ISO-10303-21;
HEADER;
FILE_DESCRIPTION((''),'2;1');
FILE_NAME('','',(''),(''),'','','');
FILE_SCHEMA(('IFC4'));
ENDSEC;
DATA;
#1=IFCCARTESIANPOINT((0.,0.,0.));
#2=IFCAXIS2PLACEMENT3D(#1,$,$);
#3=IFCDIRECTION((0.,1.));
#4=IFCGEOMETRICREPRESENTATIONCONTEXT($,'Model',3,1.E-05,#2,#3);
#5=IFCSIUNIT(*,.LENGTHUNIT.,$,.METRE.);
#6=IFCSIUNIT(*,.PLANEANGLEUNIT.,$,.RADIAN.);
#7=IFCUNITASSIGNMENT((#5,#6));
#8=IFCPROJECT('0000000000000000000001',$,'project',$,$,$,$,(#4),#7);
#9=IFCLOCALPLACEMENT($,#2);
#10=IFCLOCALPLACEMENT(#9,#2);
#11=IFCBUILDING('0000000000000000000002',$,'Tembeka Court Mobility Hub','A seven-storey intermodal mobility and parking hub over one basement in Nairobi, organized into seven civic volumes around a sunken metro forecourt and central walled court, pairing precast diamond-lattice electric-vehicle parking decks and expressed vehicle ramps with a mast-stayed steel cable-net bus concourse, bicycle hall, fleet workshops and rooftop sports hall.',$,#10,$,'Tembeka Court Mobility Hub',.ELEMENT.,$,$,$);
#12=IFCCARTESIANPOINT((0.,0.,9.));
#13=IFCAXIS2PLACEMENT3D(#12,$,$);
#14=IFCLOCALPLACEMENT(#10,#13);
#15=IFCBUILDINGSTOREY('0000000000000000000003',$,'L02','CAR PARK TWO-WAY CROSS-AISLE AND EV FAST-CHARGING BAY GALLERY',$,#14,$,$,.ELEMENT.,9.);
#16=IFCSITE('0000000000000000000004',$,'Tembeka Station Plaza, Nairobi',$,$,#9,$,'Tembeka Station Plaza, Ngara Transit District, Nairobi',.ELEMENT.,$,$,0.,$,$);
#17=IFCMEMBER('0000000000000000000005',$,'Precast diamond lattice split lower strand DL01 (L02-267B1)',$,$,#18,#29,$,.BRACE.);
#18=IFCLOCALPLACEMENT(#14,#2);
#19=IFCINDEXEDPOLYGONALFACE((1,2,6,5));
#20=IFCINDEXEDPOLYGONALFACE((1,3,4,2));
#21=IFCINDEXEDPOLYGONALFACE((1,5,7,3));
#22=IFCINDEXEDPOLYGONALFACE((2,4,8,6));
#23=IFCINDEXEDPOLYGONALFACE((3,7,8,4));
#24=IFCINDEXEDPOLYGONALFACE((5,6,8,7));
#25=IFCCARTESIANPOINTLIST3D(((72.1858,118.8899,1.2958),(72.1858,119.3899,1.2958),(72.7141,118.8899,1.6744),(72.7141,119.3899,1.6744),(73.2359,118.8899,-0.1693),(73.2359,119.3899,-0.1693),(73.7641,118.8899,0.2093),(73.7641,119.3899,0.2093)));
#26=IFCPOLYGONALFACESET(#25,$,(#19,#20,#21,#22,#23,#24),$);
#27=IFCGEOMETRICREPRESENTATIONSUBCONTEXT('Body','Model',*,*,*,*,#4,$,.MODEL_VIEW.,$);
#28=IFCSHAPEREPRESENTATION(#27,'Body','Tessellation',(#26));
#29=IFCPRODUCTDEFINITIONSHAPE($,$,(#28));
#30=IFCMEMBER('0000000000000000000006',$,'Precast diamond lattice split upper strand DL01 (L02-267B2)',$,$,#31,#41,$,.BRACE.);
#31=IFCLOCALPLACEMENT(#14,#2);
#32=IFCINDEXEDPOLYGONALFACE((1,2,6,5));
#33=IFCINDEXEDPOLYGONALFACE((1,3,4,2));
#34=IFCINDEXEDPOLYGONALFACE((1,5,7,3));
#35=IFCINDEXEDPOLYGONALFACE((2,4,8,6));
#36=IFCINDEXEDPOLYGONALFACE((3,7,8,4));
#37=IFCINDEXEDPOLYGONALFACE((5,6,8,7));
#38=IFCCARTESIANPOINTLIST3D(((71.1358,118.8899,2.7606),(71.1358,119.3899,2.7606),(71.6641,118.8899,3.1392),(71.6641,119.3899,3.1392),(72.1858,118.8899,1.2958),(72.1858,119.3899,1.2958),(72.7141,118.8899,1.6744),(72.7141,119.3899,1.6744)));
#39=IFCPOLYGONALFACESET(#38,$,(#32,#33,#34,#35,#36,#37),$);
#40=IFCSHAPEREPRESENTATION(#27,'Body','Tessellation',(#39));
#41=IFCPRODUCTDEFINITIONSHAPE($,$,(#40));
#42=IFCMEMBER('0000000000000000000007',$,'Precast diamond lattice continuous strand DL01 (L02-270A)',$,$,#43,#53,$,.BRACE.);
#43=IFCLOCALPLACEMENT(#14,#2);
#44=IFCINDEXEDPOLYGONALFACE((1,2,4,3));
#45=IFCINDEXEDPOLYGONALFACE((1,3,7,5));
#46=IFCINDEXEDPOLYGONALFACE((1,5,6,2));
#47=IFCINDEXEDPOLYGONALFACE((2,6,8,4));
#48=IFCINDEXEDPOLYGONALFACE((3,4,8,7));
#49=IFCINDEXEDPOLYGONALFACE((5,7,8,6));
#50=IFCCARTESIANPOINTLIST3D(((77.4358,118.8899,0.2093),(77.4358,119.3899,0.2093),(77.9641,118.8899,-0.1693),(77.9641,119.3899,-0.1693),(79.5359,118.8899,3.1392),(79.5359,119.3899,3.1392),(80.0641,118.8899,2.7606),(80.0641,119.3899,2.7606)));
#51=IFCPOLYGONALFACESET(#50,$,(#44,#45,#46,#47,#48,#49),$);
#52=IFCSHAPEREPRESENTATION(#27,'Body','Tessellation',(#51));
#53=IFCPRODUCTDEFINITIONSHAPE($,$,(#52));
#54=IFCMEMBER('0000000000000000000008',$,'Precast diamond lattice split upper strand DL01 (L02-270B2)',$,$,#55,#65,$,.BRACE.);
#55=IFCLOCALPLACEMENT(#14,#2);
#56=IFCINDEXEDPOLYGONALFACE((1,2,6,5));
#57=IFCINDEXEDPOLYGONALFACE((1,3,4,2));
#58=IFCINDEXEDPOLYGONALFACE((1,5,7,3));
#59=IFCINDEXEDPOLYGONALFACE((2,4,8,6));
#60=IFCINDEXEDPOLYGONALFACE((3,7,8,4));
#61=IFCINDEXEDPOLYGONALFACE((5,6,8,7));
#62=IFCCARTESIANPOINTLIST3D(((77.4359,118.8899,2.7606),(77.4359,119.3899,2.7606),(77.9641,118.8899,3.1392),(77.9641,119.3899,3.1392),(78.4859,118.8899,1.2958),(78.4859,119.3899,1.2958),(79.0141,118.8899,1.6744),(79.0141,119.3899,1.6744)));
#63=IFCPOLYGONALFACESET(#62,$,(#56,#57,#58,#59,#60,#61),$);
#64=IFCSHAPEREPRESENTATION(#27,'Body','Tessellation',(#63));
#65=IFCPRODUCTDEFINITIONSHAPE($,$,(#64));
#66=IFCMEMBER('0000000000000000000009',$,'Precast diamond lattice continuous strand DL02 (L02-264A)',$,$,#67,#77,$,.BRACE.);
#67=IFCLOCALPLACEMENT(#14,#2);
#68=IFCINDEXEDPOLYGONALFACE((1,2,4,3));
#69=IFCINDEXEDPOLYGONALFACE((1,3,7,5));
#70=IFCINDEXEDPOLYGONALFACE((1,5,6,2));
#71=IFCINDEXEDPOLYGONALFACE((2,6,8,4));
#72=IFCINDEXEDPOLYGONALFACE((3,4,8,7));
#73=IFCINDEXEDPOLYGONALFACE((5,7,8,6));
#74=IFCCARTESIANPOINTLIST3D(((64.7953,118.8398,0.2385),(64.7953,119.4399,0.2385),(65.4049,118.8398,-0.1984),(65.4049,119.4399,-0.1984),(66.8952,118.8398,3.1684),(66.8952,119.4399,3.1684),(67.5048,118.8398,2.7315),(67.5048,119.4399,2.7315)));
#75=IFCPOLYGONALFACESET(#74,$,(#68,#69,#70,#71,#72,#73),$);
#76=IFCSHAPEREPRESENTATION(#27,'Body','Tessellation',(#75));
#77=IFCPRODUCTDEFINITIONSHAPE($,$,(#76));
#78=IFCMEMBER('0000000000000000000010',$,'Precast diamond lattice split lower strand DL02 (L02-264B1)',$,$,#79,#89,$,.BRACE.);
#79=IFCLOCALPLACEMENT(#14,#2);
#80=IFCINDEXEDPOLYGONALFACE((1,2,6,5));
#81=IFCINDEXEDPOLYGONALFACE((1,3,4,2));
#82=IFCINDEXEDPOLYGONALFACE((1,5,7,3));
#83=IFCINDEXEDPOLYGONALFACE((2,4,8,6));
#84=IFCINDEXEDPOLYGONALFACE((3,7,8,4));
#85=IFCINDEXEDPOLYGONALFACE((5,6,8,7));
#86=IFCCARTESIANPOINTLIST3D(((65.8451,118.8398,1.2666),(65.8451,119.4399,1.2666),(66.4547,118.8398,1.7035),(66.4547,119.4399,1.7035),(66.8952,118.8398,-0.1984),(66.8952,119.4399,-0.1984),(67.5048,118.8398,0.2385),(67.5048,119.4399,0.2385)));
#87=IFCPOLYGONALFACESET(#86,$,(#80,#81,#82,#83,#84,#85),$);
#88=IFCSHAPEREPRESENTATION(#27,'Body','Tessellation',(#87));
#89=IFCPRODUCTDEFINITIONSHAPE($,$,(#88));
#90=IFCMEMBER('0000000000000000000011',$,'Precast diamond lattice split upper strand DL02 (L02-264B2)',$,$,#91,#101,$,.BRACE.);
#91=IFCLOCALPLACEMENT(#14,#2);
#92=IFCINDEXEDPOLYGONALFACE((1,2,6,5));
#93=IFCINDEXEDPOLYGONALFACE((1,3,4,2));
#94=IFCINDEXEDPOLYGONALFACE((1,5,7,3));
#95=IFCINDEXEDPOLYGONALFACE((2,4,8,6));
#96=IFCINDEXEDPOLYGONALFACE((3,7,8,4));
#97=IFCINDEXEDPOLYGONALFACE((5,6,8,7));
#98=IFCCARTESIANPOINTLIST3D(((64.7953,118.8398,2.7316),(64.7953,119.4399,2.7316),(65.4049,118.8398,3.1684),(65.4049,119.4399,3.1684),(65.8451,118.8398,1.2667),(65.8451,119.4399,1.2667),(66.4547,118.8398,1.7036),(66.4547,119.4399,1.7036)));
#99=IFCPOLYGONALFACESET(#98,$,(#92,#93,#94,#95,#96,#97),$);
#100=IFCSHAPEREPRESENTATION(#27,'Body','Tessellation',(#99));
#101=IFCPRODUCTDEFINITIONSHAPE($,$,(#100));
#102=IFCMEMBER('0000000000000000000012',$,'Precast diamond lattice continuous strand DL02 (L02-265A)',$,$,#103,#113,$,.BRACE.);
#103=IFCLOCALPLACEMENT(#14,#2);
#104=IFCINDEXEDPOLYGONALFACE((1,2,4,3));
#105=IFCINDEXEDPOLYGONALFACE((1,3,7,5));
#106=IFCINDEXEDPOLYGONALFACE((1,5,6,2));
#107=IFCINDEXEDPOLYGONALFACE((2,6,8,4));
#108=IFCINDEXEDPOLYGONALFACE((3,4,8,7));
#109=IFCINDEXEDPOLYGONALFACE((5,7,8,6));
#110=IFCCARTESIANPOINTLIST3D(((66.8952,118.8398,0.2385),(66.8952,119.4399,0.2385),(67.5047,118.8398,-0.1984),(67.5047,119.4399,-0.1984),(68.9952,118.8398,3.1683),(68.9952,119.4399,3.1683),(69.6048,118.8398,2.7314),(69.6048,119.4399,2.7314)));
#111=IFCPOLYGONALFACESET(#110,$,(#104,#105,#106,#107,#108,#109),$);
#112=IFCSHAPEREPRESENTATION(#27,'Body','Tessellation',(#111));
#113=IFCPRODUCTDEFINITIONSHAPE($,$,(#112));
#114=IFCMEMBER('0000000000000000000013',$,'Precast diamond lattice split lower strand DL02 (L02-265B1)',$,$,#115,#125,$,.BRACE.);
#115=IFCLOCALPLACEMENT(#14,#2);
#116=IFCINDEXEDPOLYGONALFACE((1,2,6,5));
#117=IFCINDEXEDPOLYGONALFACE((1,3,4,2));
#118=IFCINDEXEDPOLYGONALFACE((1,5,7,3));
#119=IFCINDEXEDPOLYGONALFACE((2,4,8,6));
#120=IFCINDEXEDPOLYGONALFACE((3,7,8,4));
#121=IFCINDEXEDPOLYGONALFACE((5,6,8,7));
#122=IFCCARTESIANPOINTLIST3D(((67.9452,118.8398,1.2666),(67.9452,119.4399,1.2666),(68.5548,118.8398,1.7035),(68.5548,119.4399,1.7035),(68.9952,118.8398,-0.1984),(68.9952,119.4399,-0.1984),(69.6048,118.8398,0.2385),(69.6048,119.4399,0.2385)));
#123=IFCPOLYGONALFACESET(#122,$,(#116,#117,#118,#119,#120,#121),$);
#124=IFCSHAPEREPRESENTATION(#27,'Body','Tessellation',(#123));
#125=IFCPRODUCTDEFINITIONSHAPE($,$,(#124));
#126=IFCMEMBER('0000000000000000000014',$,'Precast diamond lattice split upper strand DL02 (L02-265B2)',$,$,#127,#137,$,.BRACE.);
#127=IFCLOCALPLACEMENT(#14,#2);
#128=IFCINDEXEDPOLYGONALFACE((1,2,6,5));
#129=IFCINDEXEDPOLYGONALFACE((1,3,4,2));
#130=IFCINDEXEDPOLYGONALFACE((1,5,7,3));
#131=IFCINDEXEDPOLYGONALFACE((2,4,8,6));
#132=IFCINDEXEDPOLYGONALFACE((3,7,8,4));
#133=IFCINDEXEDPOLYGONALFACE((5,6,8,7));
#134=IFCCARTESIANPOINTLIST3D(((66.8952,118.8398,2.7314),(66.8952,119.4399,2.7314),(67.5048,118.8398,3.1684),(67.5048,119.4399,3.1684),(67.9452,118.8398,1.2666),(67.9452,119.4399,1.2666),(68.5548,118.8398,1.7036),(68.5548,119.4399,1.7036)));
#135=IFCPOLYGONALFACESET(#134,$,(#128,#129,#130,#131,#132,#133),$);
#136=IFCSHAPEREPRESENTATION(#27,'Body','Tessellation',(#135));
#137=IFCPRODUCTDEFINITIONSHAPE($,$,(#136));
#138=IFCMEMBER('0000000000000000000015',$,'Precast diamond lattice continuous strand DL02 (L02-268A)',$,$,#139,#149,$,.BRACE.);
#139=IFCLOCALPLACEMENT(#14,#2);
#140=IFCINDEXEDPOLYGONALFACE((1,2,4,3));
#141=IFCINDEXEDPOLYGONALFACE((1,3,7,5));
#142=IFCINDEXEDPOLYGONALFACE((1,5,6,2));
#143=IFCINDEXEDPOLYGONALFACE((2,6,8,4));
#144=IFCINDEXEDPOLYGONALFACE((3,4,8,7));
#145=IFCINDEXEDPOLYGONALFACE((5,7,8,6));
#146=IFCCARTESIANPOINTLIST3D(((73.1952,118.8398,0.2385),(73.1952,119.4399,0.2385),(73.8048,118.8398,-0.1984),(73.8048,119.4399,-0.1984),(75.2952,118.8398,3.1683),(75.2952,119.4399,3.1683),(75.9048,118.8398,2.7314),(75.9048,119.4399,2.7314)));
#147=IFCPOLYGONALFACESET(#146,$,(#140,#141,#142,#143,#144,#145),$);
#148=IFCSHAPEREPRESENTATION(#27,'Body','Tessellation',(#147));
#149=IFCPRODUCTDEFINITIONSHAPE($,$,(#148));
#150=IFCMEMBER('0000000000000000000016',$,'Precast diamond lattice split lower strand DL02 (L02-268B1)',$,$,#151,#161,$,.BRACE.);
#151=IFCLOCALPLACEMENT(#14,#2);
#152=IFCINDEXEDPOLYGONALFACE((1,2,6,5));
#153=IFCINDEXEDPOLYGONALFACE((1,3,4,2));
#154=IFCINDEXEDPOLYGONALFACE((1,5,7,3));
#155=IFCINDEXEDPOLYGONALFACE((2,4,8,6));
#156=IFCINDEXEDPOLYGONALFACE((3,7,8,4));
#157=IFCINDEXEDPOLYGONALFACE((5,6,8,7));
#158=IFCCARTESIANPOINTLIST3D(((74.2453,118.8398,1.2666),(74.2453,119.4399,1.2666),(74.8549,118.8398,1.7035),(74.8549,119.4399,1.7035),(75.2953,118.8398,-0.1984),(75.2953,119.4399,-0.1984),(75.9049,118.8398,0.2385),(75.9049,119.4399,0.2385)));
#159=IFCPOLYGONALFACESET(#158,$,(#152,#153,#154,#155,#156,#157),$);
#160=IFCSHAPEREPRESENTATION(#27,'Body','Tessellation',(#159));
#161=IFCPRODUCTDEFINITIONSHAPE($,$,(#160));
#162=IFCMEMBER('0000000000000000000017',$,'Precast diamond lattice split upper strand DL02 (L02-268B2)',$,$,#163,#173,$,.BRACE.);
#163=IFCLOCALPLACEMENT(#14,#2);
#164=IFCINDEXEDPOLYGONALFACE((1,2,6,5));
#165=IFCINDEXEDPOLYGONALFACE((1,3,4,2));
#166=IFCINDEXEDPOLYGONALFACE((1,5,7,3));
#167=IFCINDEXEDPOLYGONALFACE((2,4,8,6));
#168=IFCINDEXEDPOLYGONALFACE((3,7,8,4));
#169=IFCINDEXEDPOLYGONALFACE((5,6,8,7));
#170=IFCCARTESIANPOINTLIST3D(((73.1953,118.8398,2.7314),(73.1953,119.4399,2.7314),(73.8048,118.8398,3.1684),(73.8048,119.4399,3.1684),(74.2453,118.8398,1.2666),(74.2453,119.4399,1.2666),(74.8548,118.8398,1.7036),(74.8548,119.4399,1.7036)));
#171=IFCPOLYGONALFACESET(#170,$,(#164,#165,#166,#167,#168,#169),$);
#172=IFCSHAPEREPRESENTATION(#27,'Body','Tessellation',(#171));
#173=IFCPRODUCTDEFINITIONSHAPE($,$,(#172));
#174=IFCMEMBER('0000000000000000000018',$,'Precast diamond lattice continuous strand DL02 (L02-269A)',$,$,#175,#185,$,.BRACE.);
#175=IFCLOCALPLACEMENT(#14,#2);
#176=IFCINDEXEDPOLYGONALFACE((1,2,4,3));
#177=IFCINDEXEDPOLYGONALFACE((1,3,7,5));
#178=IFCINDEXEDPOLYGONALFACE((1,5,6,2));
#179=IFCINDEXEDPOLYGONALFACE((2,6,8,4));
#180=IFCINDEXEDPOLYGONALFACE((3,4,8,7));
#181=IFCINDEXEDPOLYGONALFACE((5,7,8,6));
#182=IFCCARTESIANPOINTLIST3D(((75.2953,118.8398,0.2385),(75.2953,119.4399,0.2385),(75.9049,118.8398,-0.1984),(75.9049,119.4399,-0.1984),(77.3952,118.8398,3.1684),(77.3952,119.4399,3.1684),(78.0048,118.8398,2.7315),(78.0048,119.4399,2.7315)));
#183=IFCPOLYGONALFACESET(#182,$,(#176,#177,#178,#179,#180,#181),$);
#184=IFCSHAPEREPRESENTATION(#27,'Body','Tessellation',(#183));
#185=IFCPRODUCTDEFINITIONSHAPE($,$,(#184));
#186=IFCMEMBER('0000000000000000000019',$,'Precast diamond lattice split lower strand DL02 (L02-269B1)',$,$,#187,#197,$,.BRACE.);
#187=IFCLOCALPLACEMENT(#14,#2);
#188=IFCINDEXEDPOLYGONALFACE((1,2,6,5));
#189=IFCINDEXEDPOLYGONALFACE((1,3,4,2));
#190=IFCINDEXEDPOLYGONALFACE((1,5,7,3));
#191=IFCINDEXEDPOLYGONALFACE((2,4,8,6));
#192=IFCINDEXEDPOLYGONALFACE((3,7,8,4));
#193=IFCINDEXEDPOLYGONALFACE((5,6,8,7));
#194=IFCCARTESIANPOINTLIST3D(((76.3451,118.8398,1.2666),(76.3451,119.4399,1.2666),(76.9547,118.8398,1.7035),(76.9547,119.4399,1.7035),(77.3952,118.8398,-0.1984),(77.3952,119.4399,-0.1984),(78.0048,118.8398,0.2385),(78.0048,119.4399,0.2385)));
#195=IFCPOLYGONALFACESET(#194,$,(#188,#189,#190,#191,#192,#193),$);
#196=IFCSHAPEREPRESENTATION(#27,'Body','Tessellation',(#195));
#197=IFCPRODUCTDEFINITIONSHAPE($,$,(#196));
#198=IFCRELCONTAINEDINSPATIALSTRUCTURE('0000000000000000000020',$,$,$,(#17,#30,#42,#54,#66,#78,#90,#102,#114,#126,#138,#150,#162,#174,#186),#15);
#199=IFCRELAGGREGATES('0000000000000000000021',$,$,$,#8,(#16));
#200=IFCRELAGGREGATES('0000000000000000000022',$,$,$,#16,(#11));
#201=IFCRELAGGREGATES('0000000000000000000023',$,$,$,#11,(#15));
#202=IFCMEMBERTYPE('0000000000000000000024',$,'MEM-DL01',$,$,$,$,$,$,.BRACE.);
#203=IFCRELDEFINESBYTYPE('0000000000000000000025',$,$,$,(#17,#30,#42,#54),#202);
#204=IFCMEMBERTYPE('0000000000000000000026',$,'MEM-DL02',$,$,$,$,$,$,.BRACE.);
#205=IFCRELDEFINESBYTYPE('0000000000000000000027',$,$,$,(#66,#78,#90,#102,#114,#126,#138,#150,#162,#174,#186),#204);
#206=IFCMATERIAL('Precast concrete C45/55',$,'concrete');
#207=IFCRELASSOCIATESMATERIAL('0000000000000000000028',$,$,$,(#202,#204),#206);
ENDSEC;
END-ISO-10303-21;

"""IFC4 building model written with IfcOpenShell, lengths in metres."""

from ifc_helpers import new_model, si_unit, direction, frame, origin, origin_2d, place, context, subcontext, project, spatial, rectangle, extrude, material, material_profile, profile_set, type_object, element, save


model = new_model("IFC4")

# Units and contexts
model_context = context("Model", 3, precision=1e-05, world=origin(), true_north=direction((0.0, 1.0)))
body_context = subcontext(model_context, "Body", "Model", "MODEL_VIEW")
ifc_project = project(units=[si_unit("LENGTHUNIT", "METRE"), si_unit("PLANEANGLEUNIT", "RADIAN")], contexts=[model_context])

# Site, building, storey
site_placement = place(None, origin())
site = spatial("IfcSite", under=ifc_project, at=site_placement, Name="Tembeka Station Plaza, Nairobi", LongName="Tembeka Station Plaza, Ngara Transit District, Nairobi", CompositionType="ELEMENT", RefElevation=0.0)
building_placement = place(site_placement, origin())
building = spatial("IfcBuilding", under=site, at=building_placement, Name="Tembeka Court Mobility Hub", Description="A seven-storey intermodal mobility and parking hub over one basement in Nairobi, organized into seven civic volumes around a sunken metro forecourt and central walled court, pairing precast diamond-lattice electric-vehicle parking decks and expressed vehicle ramps with a mast-stayed steel cable-net bus concourse, bicycle hall, fleet workshops and rooftop sports hall.", LongName="Tembeka Court Mobility Hub", CompositionType="ELEMENT")
storey_placement = place(building_placement, frame((0.0, 0.0, 9.0)))
storey = spatial("IfcBuildingStorey", under=building, at=storey_placement, Name="L02", Description="CAR PARK TWO-WAY CROSS-AISLE AND EV FAST-CHARGING BAY GALLERY", CompositionType="ELEMENT", Elevation=9.0)

# Shared definitions
ifc_material_1 = material(Name="Precast concrete C45/55", Category="concrete")

# Members
ifc_material_profile_1 = material_profile(ifc_material_1, rectangle(XDim=0.5, YDim=0.6499, at=origin_2d()), Name="PC-DIAG 500x650")
ifc_profile_set_1 = profile_set([ifc_material_profile_1], Name="Precast concrete C45/55")
member_type_1 = type_object("IfcMemberType", Name="MEM-DL01", PredefinedType="BRACE", material=ifc_profile_set_1)
member_1_placement = place(storey_placement, frame((73.5, 119.1399, 0.02), z_axis=(-0.582544, 0.0, 0.812799), x_axis=(0.0, -1.0, 0.0)))
element("IfcMember", 1, at=member_1_placement, inside=storey, type_object=member_type_1, Name="Precast diamond lattice split lower strand DL01 (L02-267B1)", PredefinedType="BRACE", context=body_context, shape_type="SweptSolid", body=[
    extrude(rectangle(XDim=0.5, YDim=0.6499, at=origin_2d()), origin(), (0.0, 0.0, 1.0), 1.8025),
])
member_2_placement = place(storey_placement, frame((72.45, 119.1399, 1.4851), z_axis=(-0.582608, 0.0, 0.812753), x_axis=(0.0, -1.0, 0.0)))
element("IfcMember", 2, at=member_2_placement, inside=storey, type_object=member_type_1, Name="Precast diamond lattice split upper strand DL01 (L02-267B2)", PredefinedType="BRACE", context=body_context, shape_type="SweptSolid", body=[
    extrude(rectangle(XDim=0.5, YDim=0.6499, at=origin_2d()), origin(), (0.0, 0.0, 1.0), 1.8022),
])
member_3_placement = place(storey_placement, frame((77.7, 119.1399, 0.02), z_axis=(0.582576, 0.0, 0.812776), x_axis=(0.0, 1.0, 0.0)))
element("IfcMember", 3, at=member_3_placement, inside=storey, type_object=member_type_1, Name="Precast diamond lattice continuous strand DL01 (L02-270A)", PredefinedType="BRACE", context=body_context, shape_type="SweptSolid", body=[
    extrude(rectangle(XDim=0.5, YDim=0.6499, at=origin_2d()), origin(), (0.0, 0.0, 1.0), 3.6047),
])
member_4_placement = place(storey_placement, frame((78.75, 119.1399, 1.4851), z_axis=(-0.582608, 0.0, 0.812753), x_axis=(0.0, -1.0, 0.0)))
element("IfcMember", 4, at=member_4_placement, inside=storey, type_object=member_type_1, Name="Precast diamond lattice split upper strand DL01 (L02-270B2)", PredefinedType="BRACE", context=body_context, shape_type="SweptSolid", body=[
    extrude(rectangle(XDim=0.5, YDim=0.6499, at=origin_2d()), origin(), (0.0, 0.0, 1.0), 1.8022),
])
ifc_material_profile_2 = material_profile(ifc_material_1, rectangle(XDim=0.6001, YDim=0.75, at=origin_2d()), Name="PC-DIAG 600x750")
ifc_profile_set_2 = profile_set([ifc_material_profile_2], Name="Precast concrete C45/55")
member_type_2 = type_object("IfcMemberType", Name="MEM-DL02", PredefinedType="BRACE", material=ifc_profile_set_2)
member_5_placement = place(storey_placement, frame((65.1001, 119.1399, 0.02), z_axis=(0.582532, 0.0, 0.812808), x_axis=(0.0, 1.0, 0.0)))
element("IfcMember", 5, at=member_5_placement, inside=storey, type_object=member_type_2, Name="Precast diamond lattice continuous strand DL02 (L02-264A)", PredefinedType="BRACE", context=body_context, shape_type="SweptSolid", body=[
    extrude(rectangle(XDim=0.6001, YDim=0.75, at=origin_2d()), origin(), (0.0, 0.0, 1.0), 3.6047),
])
member_6_placement = place(storey_placement, frame((67.2, 119.1399, 0.02), z_axis=(-0.582544, 0.0, 0.812799), x_axis=(0.0, -1.0, 0.0)))
element("IfcMember", 6, at=member_6_placement, inside=storey, type_object=member_type_2, Name="Precast diamond lattice split lower strand DL02 (L02-264B1)", PredefinedType="BRACE", context=body_context, shape_type="SweptSolid", body=[
    extrude(rectangle(XDim=0.6001, YDim=0.75, at=origin_2d()), origin(), (0.0, 0.0, 1.0), 1.8025),
])
member_7_placement = place(storey_placement, frame((66.1499, 119.1399, 1.4851), z_axis=(-0.582519, 0.0, 0.812817), x_axis=(0.0, -1.0, 0.0)))
element("IfcMember", 7, at=member_7_placement, inside=storey, type_object=member_type_2, Name="Precast diamond lattice split upper strand DL02 (L02-264B2)", PredefinedType="BRACE", context=body_context, shape_type="SweptSolid", body=[
    extrude(rectangle(XDim=0.6001, YDim=0.75, at=origin_2d()), origin(), (0.0, 0.0, 1.0), 1.8022),
])
member_8_placement = place(storey_placement, frame((67.2, 119.1399, 0.02), z_axis=(0.582576, 0.0, 0.812776), x_axis=(0.0, 1.0, 0.0)))
element("IfcMember", 8, at=member_8_placement, inside=storey, type_object=member_type_2, Name="Precast diamond lattice continuous strand DL02 (L02-265A)", PredefinedType="BRACE", context=body_context, shape_type="SweptSolid", body=[
    extrude(rectangle(XDim=0.6001, YDim=0.75, at=origin_2d()), origin(), (0.0, 0.0, 1.0), 3.6047),
])
member_9_placement = place(storey_placement, frame((69.3, 119.1399, 0.02), z_axis=(-0.582544, 0.0, 0.812799), x_axis=(0.0, -1.0, 0.0)))
element("IfcMember", 9, at=member_9_placement, inside=storey, type_object=member_type_2, Name="Precast diamond lattice split lower strand DL02 (L02-265B1)", PredefinedType="BRACE", context=body_context, shape_type="SweptSolid", body=[
    extrude(rectangle(XDim=0.6001, YDim=0.75, at=origin_2d()), origin(), (0.0, 0.0, 1.0), 1.8025),
])
member_10_placement = place(storey_placement, frame((68.25, 119.1399, 1.4851), z_axis=(-0.582608, 0.0, 0.812753), x_axis=(0.0, -1.0, 0.0)))
element("IfcMember", 10, at=member_10_placement, inside=storey, type_object=member_type_2, Name="Precast diamond lattice split upper strand DL02 (L02-265B2)", PredefinedType="BRACE", context=body_context, shape_type="SweptSolid", body=[
    extrude(rectangle(XDim=0.6001, YDim=0.75, at=origin_2d()), origin(), (0.0, 0.0, 1.0), 1.8022),
])
member_11_placement = place(storey_placement, frame((73.5, 119.1399, 0.02), z_axis=(0.582576, 0.0, 0.812776), x_axis=(0.0, 1.0, 0.0)))
element("IfcMember", 11, at=member_11_placement, inside=storey, type_object=member_type_2, Name="Precast diamond lattice continuous strand DL02 (L02-268A)", PredefinedType="BRACE", context=body_context, shape_type="SweptSolid", body=[
    extrude(rectangle(XDim=0.6001, YDim=0.75, at=origin_2d()), origin(), (0.0, 0.0, 1.0), 3.6047),
])
member_12_placement = place(storey_placement, frame((75.6001, 119.1399, 0.02), z_axis=(-0.582544, 0.0, 0.812799), x_axis=(0.0, -1.0, 0.0)))
element("IfcMember", 12, at=member_12_placement, inside=storey, type_object=member_type_2, Name="Precast diamond lattice split lower strand DL02 (L02-268B1)", PredefinedType="BRACE", context=body_context, shape_type="SweptSolid", body=[
    extrude(rectangle(XDim=0.6001, YDim=0.75, at=origin_2d()), origin(), (0.0, 0.0, 1.0), 1.8025),
])
member_13_placement = place(storey_placement, frame((74.55, 119.1399, 1.4851), z_axis=(-0.582608, 0.0, 0.812753), x_axis=(0.0, -1.0, 0.0)))
element("IfcMember", 13, at=member_13_placement, inside=storey, type_object=member_type_2, Name="Precast diamond lattice split upper strand DL02 (L02-268B2)", PredefinedType="BRACE", context=body_context, shape_type="SweptSolid", body=[
    extrude(rectangle(XDim=0.6001, YDim=0.75, at=origin_2d()), origin(), (0.0, 0.0, 1.0), 1.8022),
])
member_14_placement = place(storey_placement, frame((75.6001, 119.1399, 0.02), z_axis=(0.582532, 0.0, 0.812808), x_axis=(0.0, 1.0, 0.0)))
element("IfcMember", 14, at=member_14_placement, inside=storey, type_object=member_type_2, Name="Precast diamond lattice continuous strand DL02 (L02-269A)", PredefinedType="BRACE", context=body_context, shape_type="SweptSolid", body=[
    extrude(rectangle(XDim=0.6001, YDim=0.75, at=origin_2d()), origin(), (0.0, 0.0, 1.0), 3.6047),
])
member_15_placement = place(storey_placement, frame((77.7, 119.1399, 0.02), z_axis=(-0.582544, 0.0, 0.812799), x_axis=(0.0, -1.0, 0.0)))
element("IfcMember", 15, at=member_15_placement, inside=storey, type_object=member_type_2, Name="Precast diamond lattice split lower strand DL02 (L02-269B1)", PredefinedType="BRACE", context=body_context, shape_type="SweptSolid", body=[
    extrude(rectangle(XDim=0.6001, YDim=0.75, at=origin_2d()), origin(), (0.0, 0.0, 1.0), 1.8025),
])

save(model, "model.ifc")
